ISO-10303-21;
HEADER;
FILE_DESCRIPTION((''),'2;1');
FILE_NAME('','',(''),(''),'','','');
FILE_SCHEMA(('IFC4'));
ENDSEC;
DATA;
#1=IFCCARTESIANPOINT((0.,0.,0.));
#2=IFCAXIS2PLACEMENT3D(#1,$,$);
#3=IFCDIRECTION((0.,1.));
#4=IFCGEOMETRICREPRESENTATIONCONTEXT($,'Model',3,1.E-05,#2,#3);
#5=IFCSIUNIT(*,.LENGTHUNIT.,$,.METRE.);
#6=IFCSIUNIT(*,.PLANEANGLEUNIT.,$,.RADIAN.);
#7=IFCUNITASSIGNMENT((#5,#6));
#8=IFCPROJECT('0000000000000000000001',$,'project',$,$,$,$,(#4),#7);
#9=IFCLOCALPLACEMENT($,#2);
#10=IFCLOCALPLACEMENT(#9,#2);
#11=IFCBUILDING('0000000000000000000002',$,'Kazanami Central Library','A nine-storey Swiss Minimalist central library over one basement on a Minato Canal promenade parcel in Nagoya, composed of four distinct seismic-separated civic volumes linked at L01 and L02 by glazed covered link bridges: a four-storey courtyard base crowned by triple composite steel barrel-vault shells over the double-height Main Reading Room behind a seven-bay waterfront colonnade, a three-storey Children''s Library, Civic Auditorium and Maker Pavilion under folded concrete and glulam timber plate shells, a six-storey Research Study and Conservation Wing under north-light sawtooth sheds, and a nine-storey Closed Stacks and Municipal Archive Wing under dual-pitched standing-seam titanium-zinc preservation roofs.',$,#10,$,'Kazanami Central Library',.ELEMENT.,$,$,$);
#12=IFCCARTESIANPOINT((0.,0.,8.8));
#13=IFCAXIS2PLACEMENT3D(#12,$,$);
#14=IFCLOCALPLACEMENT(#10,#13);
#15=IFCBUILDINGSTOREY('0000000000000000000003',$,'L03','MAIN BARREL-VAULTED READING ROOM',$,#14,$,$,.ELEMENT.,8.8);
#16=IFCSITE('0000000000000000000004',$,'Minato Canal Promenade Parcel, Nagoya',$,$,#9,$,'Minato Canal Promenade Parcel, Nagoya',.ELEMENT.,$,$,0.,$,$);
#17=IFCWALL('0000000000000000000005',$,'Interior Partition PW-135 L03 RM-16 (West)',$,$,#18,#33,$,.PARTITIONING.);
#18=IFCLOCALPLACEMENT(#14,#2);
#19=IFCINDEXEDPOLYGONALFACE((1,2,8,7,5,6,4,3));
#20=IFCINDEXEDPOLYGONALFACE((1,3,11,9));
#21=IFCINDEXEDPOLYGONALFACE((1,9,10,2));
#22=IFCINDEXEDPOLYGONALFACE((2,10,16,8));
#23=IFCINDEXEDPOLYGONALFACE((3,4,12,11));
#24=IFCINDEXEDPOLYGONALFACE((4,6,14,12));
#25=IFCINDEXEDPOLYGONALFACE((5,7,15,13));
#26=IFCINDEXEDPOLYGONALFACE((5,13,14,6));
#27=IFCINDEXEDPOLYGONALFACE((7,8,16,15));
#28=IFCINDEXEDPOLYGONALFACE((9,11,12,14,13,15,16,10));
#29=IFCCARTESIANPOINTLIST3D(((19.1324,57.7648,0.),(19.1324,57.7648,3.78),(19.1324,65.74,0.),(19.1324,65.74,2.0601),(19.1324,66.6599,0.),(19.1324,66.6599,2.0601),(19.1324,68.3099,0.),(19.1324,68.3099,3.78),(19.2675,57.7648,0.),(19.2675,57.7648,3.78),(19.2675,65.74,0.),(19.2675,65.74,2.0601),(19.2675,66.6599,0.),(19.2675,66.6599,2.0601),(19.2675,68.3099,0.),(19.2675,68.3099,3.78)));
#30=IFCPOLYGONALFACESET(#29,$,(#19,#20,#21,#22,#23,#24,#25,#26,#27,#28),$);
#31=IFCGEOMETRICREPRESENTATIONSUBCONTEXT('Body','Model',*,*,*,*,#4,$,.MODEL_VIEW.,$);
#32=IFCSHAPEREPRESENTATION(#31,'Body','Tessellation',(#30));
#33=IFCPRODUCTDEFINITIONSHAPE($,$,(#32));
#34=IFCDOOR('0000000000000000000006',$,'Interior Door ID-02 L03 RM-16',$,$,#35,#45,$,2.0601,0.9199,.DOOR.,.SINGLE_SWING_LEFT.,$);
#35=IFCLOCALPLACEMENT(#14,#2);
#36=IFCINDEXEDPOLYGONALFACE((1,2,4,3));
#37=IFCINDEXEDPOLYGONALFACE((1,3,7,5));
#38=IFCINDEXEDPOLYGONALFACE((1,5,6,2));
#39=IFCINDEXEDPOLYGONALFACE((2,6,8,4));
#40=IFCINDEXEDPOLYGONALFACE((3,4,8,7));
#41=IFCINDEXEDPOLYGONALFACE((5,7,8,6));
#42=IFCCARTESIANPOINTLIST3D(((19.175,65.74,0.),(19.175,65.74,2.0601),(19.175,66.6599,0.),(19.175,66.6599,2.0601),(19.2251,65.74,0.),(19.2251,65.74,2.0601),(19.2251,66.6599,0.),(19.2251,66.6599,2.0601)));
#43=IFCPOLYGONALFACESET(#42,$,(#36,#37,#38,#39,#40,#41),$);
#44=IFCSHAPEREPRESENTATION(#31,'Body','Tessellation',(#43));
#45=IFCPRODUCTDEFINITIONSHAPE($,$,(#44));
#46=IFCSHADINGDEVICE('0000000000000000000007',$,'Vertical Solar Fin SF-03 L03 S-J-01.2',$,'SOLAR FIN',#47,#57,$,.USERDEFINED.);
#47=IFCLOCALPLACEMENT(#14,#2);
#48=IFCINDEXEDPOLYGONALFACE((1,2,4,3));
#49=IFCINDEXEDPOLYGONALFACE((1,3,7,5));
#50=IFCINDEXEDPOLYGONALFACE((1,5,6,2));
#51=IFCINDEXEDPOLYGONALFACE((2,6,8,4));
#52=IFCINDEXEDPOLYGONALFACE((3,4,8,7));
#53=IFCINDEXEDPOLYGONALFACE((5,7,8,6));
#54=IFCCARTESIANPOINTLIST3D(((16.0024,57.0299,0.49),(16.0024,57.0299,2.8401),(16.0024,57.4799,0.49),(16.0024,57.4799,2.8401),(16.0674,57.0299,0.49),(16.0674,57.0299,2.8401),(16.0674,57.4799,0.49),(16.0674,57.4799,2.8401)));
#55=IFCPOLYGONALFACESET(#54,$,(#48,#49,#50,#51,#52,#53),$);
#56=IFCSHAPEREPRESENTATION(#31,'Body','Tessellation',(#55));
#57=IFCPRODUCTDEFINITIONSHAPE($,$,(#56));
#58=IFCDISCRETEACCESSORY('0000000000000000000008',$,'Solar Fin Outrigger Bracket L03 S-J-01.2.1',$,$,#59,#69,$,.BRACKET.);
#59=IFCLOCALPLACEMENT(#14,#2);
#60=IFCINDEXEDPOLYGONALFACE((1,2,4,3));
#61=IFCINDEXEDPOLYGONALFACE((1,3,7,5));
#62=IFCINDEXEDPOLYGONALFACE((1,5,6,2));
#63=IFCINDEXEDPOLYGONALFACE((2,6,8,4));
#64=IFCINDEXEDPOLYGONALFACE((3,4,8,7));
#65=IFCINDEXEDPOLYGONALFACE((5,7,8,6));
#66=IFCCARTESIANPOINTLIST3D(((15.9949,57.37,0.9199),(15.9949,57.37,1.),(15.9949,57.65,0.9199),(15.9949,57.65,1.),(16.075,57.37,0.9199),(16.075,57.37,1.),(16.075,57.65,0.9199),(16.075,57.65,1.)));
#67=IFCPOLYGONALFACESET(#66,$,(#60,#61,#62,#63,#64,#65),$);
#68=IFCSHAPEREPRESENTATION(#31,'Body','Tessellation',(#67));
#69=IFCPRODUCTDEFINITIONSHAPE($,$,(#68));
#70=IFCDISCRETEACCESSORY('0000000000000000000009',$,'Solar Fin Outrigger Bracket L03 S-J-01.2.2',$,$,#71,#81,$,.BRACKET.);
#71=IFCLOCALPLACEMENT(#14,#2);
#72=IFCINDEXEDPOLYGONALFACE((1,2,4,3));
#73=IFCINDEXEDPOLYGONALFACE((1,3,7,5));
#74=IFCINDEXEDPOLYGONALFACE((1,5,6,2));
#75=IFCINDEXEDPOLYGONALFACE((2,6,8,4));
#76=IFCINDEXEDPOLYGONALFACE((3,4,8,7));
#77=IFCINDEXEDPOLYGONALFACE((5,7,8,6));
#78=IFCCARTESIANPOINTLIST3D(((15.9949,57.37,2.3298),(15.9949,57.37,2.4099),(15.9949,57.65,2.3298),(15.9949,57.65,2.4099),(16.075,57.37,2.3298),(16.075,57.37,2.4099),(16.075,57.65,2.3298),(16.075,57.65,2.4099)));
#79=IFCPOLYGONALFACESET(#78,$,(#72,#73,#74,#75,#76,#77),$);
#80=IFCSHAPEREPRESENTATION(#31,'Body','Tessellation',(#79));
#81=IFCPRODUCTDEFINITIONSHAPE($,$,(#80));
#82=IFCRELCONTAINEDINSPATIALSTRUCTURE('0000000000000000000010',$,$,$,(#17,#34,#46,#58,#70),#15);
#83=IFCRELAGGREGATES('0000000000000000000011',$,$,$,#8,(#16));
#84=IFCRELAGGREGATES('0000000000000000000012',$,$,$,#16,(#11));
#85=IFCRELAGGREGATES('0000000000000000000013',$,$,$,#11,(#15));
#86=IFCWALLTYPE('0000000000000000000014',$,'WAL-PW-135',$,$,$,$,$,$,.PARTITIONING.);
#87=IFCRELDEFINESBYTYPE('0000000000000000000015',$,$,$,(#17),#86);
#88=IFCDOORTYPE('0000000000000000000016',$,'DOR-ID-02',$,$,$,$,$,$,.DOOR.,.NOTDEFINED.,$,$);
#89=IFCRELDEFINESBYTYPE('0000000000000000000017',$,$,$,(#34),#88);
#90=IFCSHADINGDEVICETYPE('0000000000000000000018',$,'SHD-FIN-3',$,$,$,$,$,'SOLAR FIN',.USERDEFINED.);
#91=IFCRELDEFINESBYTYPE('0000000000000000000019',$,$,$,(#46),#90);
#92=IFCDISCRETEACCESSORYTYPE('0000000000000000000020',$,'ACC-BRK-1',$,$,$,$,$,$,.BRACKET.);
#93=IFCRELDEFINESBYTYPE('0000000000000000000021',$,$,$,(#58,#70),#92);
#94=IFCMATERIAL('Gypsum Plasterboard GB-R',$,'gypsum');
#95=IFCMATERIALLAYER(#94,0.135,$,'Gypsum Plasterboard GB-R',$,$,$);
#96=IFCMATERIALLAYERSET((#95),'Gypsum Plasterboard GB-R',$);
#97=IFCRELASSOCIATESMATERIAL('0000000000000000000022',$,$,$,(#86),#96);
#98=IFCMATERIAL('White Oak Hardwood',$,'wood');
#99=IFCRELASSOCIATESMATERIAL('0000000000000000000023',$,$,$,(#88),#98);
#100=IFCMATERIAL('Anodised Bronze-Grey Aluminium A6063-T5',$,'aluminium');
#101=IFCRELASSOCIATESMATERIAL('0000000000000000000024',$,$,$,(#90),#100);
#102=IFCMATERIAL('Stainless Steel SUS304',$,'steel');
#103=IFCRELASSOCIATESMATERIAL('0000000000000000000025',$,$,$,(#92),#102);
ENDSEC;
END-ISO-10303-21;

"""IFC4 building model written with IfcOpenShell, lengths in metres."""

from ifc_helpers import new_model, si_unit, direction, frame, frame_2d, origin, origin_2d, place, context, subcontext, project, spatial, rectangle, extrude, material, layer, layer_set, type_object, element, fill, save


model = new_model("IFC4")

# Units and contexts
model_context = context("Model", 3, precision=1e-05, world=origin(), true_north=direction((0.0, 1.0)))
body_context = subcontext(model_context, "Body", "Model", "MODEL_VIEW")
ifc_project = project(units=[si_unit("LENGTHUNIT", "METRE"), si_unit("PLANEANGLEUNIT", "RADIAN")], contexts=[model_context])

# Site, building, storey
site_placement = place(None, origin())
site = spatial("IfcSite", under=ifc_project, at=site_placement, Name="Minato Canal Promenade Parcel, Nagoya", LongName="Minato Canal Promenade Parcel, Nagoya", CompositionType="ELEMENT", RefElevation=0.0)
building_placement = place(site_placement, origin())
building = spatial("IfcBuilding", under=site, at=building_placement, Name="Kazanami Central Library", Description="A nine-storey Swiss Minimalist central library over one basement on a Minato Canal promenade parcel in Nagoya, composed of four distinct seismic-separated civic volumes linked at L01 and L02 by glazed covered link bridges: a four-storey courtyard base crowned by triple composite steel barrel-vault shells over the double-height Main Reading Room behind a seven-bay waterfront colonnade, a three-storey Children's Library, Civic Auditorium and Maker Pavilion under folded concrete and glulam timber plate shells, a six-storey Research Study and Conservation Wing under north-light sawtooth sheds, and a nine-storey Closed Stacks and Municipal Archive Wing under dual-pitched standing-seam titanium-zinc preservation roofs.", LongName="Kazanami Central Library", CompositionType="ELEMENT")
storey_placement = place(building_placement, frame((0.0, 0.0, 8.8)))
storey = spatial("IfcBuildingStorey", under=building, at=storey_placement, Name="L03", Description="MAIN BARREL-VAULTED READING ROOM", CompositionType="ELEMENT", Elevation=8.8)

# Wall, opening, door
ifc_material_1 = material(Name="Gypsum Plasterboard GB-R", Category="gypsum")
ifc_layer_1 = layer(ifc_material_1, 0.135, Name="Gypsum Plasterboard GB-R")
ifc_layer_set_1 = layer_set([ifc_layer_1], Name="Gypsum Plasterboard GB-R")
wall_type_1 = type_object("IfcWallType", Name="WAL-PW-135", PredefinedType="PARTITIONING", material=ifc_layer_set_1)
wall_1_placement = place(storey_placement, frame((19.2, 57.7649, 0.0), z_axis=(0.0, 0.0, 1.0), x_axis=(0.0, 1.0, 0.0)))
wall_1 = element("IfcWall", 1, at=wall_1_placement, inside=storey, type_object=wall_type_1, Name="Interior Partition PW-135 L03 RM-16 (West)", PredefinedType="PARTITIONING", context=body_context, shape_type="SweptSolid", body=[
    extrude(rectangle(XDim=10.5452, YDim=0.135, at=frame_2d((5.2725, 0.0))), origin(), (0.0, 0.0, 1.0), 3.78),
])
opening_1_placement = place(wall_1_placement, frame((7.9751, 0.0, 0.0)))
opening_1 = element("IfcOpeningElement", 2, at=opening_1_placement, cuts=wall_1, PredefinedType="OPENING", context=body_context, shape_type="SweptSolid", body=[
    extrude(rectangle(XDim=0.9199, YDim=2.0601, at=frame_2d((0.46, 1.03))), frame((0.0, 0.0796, 0.0), z_axis=(0.0, -1.0, 0.0), x_axis=(1.0, 0.0, 0.0)), (0.0, 0.0, 1.0), 0.1589),
])
ifc_material_2 = material(Name="White Oak Hardwood", Category="wood")
door_type = type_object("IfcDoorType", Name="DOR-ID-02", OperationType="NOTDEFINED", PredefinedType="DOOR", material=ifc_material_2)
door_placement = place(opening_1_placement, origin())
door = element("IfcDoor", 3, at=door_placement, inside=storey, type_object=door_type, Name="Interior Door ID-02 L03 RM-16", OperationType="SINGLE_SWING_LEFT", OverallHeight=2.0601, OverallWidth=0.9199, PredefinedType="DOOR", context=body_context, shape_type="SweptSolid", body=[
    extrude(rectangle(XDim=0.9199, YDim=2.0601, at=frame_2d((0.46, 1.03))), frame((0.0, 0.0249, 0.0), z_axis=(0.0, -1.0, 0.0), x_axis=(1.0, 0.0, 0.0)), (0.0, 0.0, 1.0), 0.05),
])
fill(opening_1, door)

# Shading device
ifc_material_3 = material(Name="Anodised Bronze-Grey Aluminium A6063-T5", Category="aluminium")
shading_device_type = type_object("IfcShadingDeviceType", Name="SHD-FIN-3", ElementType="SOLAR FIN", PredefinedType="USERDEFINED", material=ifc_material_3)
shading_device_placement = place(storey_placement, frame((16.0349, 57.2549, 0.49), z_axis=(0.0, 0.0, 1.0), x_axis=(1.0, 0.0, 0.0)))
element("IfcShadingDevice", 4, at=shading_device_placement, inside=storey, type_object=shading_device_type, Name="Vertical Solar Fin SF-03 L03 S-J-01.2", ObjectType="SOLAR FIN", PredefinedType="USERDEFINED", context=body_context, shape_type="SweptSolid", body=[
    extrude(rectangle(XDim=0.0649, YDim=0.45, at=origin_2d()), origin(), (0.0, 0.0, 1.0), 2.3501),
])

# Discrete accessories
ifc_material_4 = material(Name="Stainless Steel SUS304", Category="steel")
discrete_accessory_type = type_object("IfcDiscreteAccessoryType", Name="ACC-BRK-1", PredefinedType="BRACKET", material=ifc_material_4)
for number, where, z_axis, x_axis, name in (
    (5, (16.0349, 57.51, 0.9199), (0.0, 0.0, 1.0), (1.0, 0.0, 0.0), "Solar Fin Outrigger Bracket L03 S-J-01.2.1"),
    (6, (16.0349, 57.51, 2.3298), (0.0, 0.0, 1.0), (1.0, 0.0, 0.0), "Solar Fin Outrigger Bracket L03 S-J-01.2.2"),
):
    element("IfcDiscreteAccessory", number, at=place(storey_placement, frame(where, z_axis=z_axis, x_axis=x_axis)), inside=storey, type_object=discrete_accessory_type, Name=name, PredefinedType="BRACKET", context=body_context, shape_type="SweptSolid", body=[
        extrude(rectangle(XDim=0.0801, YDim=0.28, at=origin_2d()), origin(), (0.0, 0.0, 1.0), 0.0801),
    ])

save(model, "model.ifc")
